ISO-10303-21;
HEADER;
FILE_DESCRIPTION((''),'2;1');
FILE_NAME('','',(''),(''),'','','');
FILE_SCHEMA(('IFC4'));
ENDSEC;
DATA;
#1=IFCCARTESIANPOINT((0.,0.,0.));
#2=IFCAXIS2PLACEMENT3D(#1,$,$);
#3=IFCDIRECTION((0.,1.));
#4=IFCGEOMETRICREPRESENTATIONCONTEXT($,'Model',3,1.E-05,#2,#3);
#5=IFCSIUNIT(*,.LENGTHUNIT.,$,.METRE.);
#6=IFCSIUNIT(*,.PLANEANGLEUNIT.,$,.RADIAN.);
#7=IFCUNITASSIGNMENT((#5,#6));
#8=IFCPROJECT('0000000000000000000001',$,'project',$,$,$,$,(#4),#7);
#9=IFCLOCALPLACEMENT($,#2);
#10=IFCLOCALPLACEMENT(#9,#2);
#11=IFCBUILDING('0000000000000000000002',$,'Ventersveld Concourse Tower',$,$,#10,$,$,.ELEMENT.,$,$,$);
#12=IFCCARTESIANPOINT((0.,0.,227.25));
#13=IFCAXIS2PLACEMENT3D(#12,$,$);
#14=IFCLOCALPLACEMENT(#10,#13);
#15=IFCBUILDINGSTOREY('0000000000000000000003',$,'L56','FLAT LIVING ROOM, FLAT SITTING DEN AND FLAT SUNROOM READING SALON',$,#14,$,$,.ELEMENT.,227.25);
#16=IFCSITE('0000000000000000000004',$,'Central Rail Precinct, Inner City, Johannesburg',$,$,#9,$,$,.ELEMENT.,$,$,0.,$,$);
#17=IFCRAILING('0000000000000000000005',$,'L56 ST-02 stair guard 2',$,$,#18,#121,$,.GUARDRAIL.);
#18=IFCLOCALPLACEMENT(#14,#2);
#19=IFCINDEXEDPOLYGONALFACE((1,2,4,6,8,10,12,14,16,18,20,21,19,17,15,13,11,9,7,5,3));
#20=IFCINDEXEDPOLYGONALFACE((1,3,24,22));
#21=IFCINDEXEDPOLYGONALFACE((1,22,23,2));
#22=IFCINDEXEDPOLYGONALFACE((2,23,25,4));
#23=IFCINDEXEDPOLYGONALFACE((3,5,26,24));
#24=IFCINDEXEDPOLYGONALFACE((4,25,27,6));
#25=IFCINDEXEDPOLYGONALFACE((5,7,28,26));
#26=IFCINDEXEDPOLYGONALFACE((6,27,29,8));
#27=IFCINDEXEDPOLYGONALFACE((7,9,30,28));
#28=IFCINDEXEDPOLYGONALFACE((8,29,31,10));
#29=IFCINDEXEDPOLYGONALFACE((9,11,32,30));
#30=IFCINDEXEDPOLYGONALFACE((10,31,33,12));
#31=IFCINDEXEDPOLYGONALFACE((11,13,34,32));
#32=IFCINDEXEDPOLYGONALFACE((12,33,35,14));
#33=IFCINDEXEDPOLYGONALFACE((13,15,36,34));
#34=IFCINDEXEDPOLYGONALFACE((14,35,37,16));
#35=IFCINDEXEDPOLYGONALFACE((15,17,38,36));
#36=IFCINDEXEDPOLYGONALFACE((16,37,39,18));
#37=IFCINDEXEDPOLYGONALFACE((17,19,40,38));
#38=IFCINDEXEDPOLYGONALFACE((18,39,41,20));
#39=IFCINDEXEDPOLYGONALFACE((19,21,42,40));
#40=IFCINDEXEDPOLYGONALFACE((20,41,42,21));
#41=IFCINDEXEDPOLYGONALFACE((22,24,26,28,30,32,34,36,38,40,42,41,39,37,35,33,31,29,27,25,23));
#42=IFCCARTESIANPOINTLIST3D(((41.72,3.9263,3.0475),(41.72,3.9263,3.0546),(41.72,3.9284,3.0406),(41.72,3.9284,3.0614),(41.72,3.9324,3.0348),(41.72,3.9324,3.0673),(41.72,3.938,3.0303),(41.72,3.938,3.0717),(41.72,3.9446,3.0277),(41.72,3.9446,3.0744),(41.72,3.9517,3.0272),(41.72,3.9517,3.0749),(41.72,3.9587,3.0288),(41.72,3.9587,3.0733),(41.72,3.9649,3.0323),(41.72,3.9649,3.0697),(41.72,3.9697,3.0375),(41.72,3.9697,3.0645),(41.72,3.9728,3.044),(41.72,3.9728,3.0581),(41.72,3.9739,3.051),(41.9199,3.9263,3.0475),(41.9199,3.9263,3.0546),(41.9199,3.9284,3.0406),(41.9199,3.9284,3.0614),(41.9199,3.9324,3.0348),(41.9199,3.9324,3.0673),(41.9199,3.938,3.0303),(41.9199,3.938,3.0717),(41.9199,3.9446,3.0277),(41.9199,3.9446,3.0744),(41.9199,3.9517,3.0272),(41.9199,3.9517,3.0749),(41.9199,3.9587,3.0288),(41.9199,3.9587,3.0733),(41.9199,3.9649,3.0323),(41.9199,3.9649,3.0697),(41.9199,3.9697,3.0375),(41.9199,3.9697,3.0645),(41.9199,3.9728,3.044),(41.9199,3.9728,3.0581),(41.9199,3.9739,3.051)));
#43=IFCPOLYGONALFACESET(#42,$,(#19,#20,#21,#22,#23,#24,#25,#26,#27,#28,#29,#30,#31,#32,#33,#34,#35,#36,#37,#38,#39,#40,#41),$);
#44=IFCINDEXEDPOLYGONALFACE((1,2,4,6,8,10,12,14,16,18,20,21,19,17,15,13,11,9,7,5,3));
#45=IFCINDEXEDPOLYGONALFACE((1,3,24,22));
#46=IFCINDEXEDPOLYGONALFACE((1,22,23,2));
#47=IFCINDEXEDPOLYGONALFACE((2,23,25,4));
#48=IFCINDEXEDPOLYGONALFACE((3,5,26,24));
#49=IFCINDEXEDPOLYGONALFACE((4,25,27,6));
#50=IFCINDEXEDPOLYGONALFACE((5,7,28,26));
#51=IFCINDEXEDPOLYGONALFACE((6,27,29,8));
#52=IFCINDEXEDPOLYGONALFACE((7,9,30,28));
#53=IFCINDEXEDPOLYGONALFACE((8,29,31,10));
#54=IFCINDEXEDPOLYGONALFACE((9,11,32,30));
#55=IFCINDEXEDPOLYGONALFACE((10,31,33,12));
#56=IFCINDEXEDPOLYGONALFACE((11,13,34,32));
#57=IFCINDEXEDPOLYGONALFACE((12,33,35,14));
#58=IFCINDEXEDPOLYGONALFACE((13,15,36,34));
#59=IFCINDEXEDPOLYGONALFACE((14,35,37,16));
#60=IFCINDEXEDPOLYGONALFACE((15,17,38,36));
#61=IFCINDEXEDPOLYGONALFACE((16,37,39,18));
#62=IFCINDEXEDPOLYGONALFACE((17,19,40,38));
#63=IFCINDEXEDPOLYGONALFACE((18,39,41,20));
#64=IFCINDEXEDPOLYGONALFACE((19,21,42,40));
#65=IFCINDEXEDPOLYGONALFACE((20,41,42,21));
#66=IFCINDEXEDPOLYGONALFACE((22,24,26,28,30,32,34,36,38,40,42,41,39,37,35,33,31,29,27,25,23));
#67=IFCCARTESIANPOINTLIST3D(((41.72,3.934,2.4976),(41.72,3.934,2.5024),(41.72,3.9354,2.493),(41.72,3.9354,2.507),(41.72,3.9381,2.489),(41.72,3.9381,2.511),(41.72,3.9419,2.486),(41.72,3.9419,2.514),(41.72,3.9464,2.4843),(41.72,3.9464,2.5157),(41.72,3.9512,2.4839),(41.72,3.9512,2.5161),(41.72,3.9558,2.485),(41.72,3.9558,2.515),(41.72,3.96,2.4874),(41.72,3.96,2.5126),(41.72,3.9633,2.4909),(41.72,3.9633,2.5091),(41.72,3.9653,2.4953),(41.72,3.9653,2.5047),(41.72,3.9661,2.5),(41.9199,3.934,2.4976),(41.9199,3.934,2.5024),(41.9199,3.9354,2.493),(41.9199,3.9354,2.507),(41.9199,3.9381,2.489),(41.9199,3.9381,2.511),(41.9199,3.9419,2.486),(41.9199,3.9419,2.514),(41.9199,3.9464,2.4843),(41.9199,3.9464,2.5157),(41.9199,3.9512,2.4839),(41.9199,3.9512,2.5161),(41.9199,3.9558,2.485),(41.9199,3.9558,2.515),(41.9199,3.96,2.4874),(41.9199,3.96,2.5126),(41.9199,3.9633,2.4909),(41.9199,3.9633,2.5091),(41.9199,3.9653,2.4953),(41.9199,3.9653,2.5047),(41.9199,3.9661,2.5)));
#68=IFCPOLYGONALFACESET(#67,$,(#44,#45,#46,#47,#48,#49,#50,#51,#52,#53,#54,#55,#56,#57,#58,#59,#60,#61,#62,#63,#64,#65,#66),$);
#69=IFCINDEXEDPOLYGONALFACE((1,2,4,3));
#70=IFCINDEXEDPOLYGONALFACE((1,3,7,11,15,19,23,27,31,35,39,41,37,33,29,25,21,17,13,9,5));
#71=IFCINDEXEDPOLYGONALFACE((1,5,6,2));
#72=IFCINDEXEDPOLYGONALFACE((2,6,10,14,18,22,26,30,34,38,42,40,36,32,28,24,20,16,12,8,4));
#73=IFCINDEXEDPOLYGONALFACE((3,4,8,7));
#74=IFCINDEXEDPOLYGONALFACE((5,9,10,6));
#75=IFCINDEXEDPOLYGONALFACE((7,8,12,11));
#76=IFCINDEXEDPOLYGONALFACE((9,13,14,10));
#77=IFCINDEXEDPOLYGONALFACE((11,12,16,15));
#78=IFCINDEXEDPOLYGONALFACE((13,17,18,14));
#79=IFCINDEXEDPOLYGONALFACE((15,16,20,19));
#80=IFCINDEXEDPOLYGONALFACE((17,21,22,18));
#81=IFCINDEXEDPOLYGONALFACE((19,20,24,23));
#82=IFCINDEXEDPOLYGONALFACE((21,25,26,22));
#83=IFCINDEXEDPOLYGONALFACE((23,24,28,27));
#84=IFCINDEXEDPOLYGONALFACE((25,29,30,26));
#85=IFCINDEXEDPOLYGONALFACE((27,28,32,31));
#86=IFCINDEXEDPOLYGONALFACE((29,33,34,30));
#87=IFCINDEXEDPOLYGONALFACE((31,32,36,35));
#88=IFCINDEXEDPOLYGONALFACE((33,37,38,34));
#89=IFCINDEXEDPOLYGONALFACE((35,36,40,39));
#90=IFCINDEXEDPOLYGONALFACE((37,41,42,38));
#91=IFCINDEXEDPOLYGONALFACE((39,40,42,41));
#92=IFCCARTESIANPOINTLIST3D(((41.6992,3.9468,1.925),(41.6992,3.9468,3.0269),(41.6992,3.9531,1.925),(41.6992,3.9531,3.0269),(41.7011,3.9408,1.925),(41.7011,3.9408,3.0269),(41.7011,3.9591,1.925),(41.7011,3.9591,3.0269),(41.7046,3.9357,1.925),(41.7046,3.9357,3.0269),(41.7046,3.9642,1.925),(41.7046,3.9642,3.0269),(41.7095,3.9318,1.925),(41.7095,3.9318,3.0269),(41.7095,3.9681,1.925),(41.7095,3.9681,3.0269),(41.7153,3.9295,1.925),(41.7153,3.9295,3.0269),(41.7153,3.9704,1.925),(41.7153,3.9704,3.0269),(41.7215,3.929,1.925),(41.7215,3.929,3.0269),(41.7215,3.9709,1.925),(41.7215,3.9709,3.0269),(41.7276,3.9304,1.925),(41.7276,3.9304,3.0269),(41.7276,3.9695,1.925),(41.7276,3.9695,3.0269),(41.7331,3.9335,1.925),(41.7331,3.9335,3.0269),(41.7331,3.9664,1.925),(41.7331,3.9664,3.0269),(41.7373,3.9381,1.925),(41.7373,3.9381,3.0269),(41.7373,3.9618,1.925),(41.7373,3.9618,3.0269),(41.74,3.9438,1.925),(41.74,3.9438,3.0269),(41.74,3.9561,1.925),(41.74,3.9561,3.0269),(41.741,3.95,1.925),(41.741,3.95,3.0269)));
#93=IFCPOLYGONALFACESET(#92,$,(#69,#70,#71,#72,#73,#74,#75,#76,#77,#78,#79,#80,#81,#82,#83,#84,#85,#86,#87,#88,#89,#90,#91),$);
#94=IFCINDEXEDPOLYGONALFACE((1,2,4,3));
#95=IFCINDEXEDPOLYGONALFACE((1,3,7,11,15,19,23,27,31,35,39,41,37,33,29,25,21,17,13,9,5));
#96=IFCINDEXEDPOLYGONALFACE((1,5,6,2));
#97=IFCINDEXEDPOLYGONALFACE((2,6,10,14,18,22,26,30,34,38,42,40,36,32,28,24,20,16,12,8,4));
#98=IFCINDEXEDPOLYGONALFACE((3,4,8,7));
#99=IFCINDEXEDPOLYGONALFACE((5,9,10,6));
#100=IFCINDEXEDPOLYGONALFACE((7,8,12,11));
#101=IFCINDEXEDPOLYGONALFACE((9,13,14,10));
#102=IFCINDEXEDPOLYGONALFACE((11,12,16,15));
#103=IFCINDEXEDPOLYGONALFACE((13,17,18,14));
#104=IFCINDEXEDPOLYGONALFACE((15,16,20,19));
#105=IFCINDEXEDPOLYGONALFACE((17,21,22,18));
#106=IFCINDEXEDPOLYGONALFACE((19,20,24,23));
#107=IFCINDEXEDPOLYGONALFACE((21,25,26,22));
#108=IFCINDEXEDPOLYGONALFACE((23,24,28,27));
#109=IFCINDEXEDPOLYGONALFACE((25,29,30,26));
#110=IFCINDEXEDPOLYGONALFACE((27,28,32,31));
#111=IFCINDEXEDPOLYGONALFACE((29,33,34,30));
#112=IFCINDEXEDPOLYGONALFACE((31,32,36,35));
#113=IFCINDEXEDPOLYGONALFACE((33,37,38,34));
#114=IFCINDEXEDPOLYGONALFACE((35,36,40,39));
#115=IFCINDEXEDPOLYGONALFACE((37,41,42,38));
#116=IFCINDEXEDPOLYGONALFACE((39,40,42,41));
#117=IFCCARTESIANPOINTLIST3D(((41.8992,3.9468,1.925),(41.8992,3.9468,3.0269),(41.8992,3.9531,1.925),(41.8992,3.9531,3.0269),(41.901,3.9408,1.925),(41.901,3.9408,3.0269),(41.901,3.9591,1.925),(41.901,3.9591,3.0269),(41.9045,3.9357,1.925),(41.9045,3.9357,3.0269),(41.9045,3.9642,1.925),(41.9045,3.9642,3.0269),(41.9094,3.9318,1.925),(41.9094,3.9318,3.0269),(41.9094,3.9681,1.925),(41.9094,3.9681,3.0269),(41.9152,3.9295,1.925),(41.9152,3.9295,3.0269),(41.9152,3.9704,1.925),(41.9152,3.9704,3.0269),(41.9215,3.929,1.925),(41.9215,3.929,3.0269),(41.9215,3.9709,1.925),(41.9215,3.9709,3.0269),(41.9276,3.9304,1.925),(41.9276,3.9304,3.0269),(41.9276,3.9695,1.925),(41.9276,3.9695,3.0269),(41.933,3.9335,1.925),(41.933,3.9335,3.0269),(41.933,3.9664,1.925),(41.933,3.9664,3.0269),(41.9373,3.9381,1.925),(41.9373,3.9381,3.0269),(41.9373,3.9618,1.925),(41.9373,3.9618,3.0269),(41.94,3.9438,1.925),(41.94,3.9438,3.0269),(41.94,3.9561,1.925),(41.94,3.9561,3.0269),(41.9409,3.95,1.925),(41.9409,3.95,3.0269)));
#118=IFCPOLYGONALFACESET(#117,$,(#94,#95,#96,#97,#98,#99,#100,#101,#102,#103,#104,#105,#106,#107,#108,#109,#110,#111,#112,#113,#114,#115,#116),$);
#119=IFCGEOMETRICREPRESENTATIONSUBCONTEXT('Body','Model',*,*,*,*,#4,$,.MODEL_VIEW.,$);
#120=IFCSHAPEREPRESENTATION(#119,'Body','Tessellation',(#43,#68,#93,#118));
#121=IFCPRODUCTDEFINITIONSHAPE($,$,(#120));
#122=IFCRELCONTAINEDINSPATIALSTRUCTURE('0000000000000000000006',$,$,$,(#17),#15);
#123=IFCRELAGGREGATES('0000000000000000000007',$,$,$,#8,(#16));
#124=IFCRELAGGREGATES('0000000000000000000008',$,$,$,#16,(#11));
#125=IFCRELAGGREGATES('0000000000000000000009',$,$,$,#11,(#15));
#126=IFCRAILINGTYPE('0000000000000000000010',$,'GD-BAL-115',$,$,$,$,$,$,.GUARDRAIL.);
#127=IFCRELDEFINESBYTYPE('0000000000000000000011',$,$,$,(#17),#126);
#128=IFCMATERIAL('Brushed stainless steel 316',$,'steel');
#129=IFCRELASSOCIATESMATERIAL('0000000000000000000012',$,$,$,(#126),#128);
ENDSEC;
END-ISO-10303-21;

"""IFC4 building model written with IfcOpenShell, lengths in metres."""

from ifc_helpers import new_model, si_unit, direction, frame, origin, origin_2d, place, context, subcontext, project, spatial, circle, extrude, material, type_object, element, save


model = new_model("IFC4")

# Units and contexts
model_context = context("Model", 3, precision=1e-05, world=origin(), true_north=direction((0.0, 1.0)))
body_context = subcontext(model_context, "Body", "Model", "MODEL_VIEW")
ifc_project = project(units=[si_unit("LENGTHUNIT", "METRE"), si_unit("PLANEANGLEUNIT", "RADIAN")], contexts=[model_context])

# Site, building, storey
site_placement = place(None, origin())
site = spatial("IfcSite", under=ifc_project, at=site_placement, Name="Central Rail Precinct, Inner City, Johannesburg", CompositionType="ELEMENT", RefElevation=0.0)
building_placement = place(site_placement, origin())
building = spatial("IfcBuilding", under=site, at=building_placement, Name="Ventersveld Concourse Tower", CompositionType="ELEMENT")
storey_placement = place(building_placement, frame((0.0, 0.0, 227.25)))
storey = spatial("IfcBuildingStorey", under=building, at=storey_placement, Name="L56", Description="FLAT LIVING ROOM, FLAT SITTING DEN AND FLAT SUNROOM READING SALON", CompositionType="ELEMENT", Elevation=227.25)

# Railing
ifc_material_1 = material(Name="Brushed stainless steel 316", Category="steel")
railing_type_1 = type_object("IfcRailingType", Name="GD-BAL-115", PredefinedType="GUARDRAIL", material=ifc_material_1)
railing_1_placement = place(storey_placement, frame((41.72, 3.95, 1.925)))
element("IfcRailing", 1, at=railing_1_placement, inside=storey, type_object=railing_type_1, Name="L56 ST-02 stair guard 2", PredefinedType="GUARDRAIL", context=body_context, shape_type="SweptSolid", body=[
    extrude(circle(Radius=0.0239, at=origin_2d()), frame((0.0, 0.0, 1.126), z_axis=(1.0, 0.0, 0.0), x_axis=(0.0, 1.0, 0.0)), (0.0, 0.0, 1.0), 0.2),
    extrude(circle(Radius=0.0161, at=origin_2d()), frame((0.0, 0.0, 0.575), z_axis=(1.0, 0.0, 0.0), x_axis=(0.0, 1.0, 0.0)), (0.0, 0.0, 1.0), 0.2),
    extrude(circle(Radius=0.021, at=origin_2d()), origin(), (0.0, 0.0, 1.0), 1.1018),
    extrude(circle(Radius=0.021, at=origin_2d()), frame((0.2, 0.0, 0.0)), (0.0, 0.0, 1.0), 1.1018),
])

save(model, "model.ifc")
